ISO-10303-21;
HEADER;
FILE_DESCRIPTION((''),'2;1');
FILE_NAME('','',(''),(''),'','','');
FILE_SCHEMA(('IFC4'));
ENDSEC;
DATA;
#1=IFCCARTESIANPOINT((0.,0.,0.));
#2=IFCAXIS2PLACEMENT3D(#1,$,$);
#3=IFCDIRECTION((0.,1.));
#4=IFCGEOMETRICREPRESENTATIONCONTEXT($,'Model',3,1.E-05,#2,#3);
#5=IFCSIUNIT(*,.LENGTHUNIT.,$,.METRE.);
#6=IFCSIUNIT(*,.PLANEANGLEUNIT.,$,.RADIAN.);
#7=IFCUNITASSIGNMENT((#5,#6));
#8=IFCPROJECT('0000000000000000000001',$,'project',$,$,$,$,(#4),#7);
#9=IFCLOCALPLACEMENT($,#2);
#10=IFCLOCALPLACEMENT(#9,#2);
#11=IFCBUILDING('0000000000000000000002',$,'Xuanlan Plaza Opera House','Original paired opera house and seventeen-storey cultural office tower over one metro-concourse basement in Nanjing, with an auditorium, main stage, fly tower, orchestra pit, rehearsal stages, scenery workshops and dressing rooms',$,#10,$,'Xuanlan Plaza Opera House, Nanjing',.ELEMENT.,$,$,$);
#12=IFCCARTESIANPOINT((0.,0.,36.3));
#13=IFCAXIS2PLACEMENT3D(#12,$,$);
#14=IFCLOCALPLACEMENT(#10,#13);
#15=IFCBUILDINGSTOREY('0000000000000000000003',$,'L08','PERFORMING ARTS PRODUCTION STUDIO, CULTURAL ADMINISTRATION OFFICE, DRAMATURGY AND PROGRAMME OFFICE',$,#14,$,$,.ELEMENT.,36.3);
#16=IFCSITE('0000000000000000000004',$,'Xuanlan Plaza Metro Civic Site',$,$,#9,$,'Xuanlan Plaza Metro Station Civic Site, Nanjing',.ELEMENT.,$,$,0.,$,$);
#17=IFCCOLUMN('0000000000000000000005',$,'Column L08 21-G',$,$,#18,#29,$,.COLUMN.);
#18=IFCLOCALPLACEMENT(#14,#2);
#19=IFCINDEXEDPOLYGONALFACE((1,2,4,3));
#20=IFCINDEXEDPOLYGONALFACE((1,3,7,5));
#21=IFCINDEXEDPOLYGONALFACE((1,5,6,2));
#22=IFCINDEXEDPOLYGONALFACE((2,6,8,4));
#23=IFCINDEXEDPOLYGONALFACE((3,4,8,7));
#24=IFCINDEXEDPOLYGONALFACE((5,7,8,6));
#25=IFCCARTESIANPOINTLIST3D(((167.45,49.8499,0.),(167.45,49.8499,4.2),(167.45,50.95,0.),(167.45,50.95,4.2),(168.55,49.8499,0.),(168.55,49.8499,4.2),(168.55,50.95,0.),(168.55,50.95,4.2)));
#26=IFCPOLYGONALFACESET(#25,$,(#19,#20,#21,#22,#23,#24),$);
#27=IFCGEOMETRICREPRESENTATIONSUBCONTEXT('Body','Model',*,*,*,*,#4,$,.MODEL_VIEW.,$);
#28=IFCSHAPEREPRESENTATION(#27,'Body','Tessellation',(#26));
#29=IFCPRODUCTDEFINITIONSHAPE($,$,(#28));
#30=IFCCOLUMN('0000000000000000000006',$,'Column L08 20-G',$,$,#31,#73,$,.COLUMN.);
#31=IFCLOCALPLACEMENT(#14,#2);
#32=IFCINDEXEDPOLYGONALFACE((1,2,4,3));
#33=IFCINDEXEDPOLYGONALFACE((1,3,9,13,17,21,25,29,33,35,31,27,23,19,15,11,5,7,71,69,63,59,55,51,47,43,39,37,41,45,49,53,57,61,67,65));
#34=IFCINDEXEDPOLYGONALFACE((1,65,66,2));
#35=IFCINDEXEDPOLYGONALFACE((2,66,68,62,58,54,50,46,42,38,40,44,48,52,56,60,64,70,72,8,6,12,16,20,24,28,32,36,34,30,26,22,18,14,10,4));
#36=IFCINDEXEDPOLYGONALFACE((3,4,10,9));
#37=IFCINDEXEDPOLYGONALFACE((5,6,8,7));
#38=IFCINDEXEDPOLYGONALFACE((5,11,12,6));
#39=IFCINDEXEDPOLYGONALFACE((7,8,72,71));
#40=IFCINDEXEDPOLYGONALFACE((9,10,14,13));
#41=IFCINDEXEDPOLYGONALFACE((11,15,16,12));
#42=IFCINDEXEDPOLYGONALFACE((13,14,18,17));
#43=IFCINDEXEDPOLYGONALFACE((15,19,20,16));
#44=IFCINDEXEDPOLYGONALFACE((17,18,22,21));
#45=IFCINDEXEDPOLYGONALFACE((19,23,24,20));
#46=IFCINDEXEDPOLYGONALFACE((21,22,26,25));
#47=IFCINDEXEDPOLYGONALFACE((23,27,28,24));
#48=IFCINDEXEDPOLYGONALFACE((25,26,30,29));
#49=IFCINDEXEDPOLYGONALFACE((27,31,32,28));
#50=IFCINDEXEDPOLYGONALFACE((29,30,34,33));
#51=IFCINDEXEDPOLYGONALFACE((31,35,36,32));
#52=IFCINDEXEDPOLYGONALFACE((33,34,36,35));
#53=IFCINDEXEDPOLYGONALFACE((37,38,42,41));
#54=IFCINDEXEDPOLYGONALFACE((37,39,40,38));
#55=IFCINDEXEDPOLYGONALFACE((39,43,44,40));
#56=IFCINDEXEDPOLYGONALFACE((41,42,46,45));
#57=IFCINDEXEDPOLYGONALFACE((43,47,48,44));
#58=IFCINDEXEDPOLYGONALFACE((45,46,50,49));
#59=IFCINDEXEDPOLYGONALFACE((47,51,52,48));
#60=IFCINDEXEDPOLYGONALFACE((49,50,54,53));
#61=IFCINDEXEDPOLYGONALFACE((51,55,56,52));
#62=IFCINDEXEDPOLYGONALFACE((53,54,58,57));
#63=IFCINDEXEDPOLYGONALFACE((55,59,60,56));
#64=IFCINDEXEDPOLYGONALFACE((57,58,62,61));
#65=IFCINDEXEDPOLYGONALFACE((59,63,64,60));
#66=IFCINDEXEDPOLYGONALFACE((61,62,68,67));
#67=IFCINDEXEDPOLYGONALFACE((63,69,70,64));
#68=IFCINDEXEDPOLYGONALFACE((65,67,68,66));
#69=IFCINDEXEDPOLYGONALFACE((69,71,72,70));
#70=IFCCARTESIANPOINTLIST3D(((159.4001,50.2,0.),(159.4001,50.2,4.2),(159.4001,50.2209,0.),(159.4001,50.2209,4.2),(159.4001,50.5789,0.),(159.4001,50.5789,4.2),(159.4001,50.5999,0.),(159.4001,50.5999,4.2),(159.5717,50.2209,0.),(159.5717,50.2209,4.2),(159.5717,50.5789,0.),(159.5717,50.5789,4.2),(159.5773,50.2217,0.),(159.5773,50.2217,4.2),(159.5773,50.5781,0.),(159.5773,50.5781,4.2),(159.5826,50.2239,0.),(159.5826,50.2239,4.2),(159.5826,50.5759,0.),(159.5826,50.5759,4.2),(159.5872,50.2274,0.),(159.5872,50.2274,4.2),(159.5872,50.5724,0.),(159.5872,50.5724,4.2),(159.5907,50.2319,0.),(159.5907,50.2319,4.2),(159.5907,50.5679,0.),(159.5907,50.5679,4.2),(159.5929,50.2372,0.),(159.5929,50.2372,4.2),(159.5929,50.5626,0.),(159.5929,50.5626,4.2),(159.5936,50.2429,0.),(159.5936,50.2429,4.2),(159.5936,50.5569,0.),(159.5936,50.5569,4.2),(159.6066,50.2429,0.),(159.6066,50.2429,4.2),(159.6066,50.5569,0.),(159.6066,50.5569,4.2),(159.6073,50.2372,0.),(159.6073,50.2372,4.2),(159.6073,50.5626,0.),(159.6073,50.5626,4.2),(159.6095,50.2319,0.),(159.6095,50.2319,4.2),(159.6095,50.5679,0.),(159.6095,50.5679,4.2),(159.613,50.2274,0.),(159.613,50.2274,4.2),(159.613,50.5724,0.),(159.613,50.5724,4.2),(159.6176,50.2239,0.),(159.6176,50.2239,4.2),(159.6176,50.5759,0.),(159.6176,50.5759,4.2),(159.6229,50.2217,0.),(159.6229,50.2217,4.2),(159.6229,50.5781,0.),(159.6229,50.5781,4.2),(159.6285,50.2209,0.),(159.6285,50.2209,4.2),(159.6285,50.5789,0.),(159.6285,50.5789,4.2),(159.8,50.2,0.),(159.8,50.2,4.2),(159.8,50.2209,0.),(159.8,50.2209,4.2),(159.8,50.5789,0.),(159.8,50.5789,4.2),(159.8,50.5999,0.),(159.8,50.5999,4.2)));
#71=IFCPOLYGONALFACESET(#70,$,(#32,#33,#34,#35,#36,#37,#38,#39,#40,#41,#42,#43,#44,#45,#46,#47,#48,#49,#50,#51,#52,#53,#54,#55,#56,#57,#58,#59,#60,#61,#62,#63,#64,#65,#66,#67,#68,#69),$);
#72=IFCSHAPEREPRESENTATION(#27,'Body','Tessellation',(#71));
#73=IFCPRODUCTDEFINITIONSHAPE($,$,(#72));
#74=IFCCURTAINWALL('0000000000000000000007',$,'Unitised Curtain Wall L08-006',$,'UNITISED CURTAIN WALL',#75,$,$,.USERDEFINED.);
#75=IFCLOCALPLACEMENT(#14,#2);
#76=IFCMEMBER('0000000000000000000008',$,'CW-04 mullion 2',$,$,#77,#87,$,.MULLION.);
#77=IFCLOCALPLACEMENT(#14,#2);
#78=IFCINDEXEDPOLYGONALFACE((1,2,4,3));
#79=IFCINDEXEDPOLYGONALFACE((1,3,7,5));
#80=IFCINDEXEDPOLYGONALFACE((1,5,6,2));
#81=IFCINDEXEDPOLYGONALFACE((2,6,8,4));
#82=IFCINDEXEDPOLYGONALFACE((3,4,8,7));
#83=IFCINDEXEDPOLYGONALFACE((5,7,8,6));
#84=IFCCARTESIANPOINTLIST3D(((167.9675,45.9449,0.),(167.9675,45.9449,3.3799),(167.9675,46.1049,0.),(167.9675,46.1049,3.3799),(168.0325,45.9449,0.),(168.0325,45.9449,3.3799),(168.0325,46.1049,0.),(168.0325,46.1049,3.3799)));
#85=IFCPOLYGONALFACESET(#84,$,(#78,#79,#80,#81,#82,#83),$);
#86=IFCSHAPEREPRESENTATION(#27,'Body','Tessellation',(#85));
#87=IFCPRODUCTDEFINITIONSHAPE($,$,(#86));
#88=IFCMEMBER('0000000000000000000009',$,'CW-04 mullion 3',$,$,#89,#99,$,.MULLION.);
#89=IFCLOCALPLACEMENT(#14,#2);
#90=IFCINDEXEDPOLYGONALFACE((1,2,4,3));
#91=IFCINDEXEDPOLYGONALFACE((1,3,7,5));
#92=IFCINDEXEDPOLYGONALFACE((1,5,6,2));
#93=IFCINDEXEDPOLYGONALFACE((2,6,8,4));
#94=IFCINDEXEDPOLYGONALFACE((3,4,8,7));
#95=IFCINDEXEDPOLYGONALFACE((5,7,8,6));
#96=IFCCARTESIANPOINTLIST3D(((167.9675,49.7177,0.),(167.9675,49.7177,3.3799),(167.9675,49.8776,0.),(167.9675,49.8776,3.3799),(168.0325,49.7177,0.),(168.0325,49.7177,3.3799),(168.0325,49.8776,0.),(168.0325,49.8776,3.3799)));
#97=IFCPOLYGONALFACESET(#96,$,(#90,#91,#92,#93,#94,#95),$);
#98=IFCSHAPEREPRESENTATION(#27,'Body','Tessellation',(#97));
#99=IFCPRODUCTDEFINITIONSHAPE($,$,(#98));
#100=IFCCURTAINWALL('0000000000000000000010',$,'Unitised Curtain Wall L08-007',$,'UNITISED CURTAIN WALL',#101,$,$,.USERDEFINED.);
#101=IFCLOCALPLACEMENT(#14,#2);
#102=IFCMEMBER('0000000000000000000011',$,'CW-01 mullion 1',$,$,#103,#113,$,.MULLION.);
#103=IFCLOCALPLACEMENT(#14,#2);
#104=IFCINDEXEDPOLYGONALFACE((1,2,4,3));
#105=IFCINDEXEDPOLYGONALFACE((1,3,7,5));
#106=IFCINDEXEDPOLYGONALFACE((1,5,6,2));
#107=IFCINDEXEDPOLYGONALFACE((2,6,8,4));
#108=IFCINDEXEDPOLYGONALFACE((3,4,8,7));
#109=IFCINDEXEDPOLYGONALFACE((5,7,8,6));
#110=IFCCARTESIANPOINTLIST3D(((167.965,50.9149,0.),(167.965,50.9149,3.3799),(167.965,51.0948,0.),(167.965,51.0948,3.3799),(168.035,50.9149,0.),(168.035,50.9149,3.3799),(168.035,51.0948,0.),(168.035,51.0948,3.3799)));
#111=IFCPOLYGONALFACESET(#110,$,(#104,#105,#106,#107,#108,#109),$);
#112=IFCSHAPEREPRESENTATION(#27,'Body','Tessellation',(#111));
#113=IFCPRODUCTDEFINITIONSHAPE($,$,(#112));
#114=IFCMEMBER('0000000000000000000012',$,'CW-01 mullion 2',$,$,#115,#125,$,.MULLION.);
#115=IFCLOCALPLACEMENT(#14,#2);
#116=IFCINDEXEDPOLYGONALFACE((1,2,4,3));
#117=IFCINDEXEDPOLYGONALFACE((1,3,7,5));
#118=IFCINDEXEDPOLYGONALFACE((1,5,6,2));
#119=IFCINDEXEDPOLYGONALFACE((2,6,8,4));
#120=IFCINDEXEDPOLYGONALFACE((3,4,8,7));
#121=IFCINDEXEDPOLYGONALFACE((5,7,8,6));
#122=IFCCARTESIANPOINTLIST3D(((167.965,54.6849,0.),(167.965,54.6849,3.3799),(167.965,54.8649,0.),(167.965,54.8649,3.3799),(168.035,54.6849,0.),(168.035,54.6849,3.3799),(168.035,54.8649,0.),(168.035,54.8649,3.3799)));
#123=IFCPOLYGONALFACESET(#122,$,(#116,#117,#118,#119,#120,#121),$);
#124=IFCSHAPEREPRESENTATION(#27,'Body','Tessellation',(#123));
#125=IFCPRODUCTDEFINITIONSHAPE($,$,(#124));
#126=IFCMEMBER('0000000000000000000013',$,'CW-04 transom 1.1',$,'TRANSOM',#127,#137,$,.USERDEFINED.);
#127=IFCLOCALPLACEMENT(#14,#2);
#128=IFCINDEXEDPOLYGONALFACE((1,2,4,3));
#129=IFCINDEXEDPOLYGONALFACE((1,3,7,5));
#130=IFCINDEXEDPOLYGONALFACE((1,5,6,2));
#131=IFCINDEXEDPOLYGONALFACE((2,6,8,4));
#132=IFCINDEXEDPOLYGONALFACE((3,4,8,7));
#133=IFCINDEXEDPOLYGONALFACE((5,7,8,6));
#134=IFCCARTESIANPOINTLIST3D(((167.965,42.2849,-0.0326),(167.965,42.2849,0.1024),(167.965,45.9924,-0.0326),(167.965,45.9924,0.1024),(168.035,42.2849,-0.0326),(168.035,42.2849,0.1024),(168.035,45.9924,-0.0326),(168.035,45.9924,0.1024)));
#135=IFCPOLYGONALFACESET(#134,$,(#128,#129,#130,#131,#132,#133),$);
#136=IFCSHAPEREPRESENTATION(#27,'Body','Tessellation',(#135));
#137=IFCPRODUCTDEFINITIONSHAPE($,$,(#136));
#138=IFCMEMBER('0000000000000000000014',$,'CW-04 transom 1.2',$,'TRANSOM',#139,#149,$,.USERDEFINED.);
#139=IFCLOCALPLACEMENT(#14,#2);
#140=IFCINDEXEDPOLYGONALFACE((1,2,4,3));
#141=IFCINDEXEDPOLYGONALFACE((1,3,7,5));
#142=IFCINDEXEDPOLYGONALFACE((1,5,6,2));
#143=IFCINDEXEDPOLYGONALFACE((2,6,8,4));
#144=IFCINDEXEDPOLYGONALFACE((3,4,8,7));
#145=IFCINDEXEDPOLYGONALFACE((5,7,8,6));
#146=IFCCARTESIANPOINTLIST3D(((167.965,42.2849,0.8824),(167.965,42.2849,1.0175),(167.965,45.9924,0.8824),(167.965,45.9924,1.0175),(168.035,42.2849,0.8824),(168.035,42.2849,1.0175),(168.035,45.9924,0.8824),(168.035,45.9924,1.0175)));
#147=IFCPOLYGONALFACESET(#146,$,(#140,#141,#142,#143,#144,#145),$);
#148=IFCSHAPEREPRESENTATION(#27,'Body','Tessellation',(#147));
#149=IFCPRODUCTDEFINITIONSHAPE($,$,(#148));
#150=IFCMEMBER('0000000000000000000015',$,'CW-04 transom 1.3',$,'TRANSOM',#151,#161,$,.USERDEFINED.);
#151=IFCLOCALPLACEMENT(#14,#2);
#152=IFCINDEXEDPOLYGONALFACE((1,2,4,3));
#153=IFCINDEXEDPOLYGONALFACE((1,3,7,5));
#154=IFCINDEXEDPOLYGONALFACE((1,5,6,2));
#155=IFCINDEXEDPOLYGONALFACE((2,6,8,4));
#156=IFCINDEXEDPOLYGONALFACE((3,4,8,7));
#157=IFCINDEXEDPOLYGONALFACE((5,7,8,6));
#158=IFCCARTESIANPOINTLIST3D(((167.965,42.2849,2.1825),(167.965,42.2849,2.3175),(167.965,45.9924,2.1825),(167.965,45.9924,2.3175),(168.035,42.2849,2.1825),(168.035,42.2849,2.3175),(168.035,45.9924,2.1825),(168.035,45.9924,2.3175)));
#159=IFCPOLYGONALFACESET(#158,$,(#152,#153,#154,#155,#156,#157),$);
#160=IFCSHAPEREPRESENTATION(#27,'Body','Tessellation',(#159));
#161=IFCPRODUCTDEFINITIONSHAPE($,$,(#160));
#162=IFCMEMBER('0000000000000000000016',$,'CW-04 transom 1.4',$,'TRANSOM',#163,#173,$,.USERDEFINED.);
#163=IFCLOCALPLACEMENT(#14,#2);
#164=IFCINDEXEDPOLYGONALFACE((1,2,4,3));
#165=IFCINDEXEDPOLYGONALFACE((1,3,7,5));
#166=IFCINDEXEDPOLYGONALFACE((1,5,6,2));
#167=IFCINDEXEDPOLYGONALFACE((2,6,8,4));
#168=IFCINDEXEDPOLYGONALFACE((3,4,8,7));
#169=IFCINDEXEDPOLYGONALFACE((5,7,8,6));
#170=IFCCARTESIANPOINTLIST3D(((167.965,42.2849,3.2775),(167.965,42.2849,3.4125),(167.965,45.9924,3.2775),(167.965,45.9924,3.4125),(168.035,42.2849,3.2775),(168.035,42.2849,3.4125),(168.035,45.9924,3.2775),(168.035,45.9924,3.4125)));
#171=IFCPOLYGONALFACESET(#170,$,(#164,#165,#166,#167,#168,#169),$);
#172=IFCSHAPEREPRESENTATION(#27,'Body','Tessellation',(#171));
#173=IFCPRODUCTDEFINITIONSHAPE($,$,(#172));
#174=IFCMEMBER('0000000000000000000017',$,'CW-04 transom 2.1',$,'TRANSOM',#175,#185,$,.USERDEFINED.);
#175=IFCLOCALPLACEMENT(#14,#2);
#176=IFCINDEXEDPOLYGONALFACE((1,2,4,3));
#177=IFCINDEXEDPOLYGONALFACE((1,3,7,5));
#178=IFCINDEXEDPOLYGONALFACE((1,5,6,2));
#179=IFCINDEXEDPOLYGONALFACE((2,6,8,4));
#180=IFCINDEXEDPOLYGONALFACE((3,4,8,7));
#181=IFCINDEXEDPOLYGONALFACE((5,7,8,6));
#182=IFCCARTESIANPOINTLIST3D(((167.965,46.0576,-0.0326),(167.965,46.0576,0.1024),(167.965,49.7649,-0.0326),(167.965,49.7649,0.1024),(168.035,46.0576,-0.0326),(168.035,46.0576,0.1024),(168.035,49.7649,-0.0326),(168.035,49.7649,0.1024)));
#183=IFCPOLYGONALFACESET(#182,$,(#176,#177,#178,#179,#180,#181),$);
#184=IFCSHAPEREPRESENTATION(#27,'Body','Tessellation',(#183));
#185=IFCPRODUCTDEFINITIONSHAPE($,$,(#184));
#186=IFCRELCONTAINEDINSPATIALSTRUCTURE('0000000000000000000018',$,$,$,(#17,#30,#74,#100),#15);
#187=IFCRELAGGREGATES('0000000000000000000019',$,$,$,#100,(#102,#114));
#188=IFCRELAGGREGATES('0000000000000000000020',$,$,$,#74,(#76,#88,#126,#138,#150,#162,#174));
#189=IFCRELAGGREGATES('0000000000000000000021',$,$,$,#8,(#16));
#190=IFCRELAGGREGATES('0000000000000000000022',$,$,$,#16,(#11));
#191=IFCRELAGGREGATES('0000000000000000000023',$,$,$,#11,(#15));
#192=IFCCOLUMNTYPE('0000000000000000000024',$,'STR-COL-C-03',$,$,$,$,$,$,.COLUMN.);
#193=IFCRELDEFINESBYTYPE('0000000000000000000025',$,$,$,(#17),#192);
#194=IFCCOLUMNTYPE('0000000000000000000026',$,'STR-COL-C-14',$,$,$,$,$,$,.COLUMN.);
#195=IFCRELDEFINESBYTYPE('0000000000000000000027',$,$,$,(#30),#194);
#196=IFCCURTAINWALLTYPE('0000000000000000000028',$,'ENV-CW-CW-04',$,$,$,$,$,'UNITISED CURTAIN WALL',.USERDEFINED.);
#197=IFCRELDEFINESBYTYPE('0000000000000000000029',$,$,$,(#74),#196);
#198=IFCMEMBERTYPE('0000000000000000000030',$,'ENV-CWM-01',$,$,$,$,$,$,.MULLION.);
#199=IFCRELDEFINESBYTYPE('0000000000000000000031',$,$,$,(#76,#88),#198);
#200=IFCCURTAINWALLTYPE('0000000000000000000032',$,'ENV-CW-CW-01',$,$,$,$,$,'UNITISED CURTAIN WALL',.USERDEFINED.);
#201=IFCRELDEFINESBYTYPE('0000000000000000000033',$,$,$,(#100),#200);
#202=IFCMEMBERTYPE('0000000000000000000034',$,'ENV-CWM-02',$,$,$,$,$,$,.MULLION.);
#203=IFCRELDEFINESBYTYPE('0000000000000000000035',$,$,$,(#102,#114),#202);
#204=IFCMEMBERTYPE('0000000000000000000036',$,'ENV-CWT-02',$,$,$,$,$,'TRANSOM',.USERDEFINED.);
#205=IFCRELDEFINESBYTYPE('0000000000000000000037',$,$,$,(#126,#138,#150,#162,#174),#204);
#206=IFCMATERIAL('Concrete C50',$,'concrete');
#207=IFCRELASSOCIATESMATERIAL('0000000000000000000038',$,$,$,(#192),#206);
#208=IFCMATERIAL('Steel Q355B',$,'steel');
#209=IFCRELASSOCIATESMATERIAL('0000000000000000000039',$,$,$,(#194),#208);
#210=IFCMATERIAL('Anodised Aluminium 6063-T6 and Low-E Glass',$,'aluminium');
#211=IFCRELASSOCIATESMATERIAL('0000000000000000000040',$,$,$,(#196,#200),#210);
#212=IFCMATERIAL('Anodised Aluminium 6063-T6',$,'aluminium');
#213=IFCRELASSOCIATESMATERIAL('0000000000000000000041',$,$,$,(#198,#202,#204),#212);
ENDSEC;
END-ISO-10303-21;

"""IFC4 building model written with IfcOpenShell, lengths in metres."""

from ifc_helpers import new_model, si_unit, direction, frame, origin, origin_2d, place, context, subcontext, project, spatial, rectangle, i_section, extrude, material, material_profile, profile_set, type_object, element, aggregate, save


model = new_model("IFC4")

# Units and contexts
model_context = context("Model", 3, precision=1e-05, world=origin(), true_north=direction((0.0, 1.0)))
body_context = subcontext(model_context, "Body", "Model", "MODEL_VIEW")
ifc_project = project(units=[si_unit("LENGTHUNIT", "METRE"), si_unit("PLANEANGLEUNIT", "RADIAN")], contexts=[model_context])

# Site, building, storey
site_placement = place(None, origin())
site = spatial("IfcSite", under=ifc_project, at=site_placement, Name="Xuanlan Plaza Metro Civic Site", LongName="Xuanlan Plaza Metro Station Civic Site, Nanjing", CompositionType="ELEMENT", RefElevation=0.0)
building_placement = place(site_placement, origin())
building = spatial("IfcBuilding", under=site, at=building_placement, Name="Xuanlan Plaza Opera House", Description="Original paired opera house and seventeen-storey cultural office tower over one metro-concourse basement in Nanjing, with an auditorium, main stage, fly tower, orchestra pit, rehearsal stages, scenery workshops and dressing rooms", LongName="Xuanlan Plaza Opera House, Nanjing", CompositionType="ELEMENT")
storey_placement = place(building_placement, frame((0.0, 0.0, 36.3)))
storey = spatial("IfcBuildingStorey", under=building, at=storey_placement, Name="L08", Description="PERFORMING ARTS PRODUCTION STUDIO, CULTURAL ADMINISTRATION OFFICE, DRAMATURGY AND PROGRAMME OFFICE", CompositionType="ELEMENT", Elevation=36.3)

# Columns
ifc_material_1 = material(Name="Concrete C50", Category="concrete")
ifc_material_profile_1 = material_profile(ifc_material_1, rectangle(XDim=1.1001, YDim=1.1001, at=origin_2d()), Name="RC-COL 1100x1100")
ifc_profile_set_1 = profile_set([ifc_material_profile_1], Name="Concrete C50")
column_type_1 = type_object("IfcColumnType", Name="STR-COL-C-03", PredefinedType="COLUMN", material=ifc_profile_set_1)
column_1_placement = place(storey_placement, frame((168.0, 50.3999, 0.0), z_axis=(0.0, 0.0, 1.0), x_axis=(1.0, 0.0, 0.0)))
element("IfcColumn", 1, at=column_1_placement, inside=storey, type_object=column_type_1, Name="Column L08 21-G", PredefinedType="COLUMN", context=body_context, shape_type="SweptSolid", body=[
    extrude(rectangle(XDim=1.1001, YDim=1.1001, at=origin_2d()), origin(), (0.0, 0.0, 1.0), 4.2),
])
ifc_material_2 = material(Name="Steel Q355B", Category="steel")
ifc_material_profile_2 = material_profile(ifc_material_2, i_section(OverallWidth=0.3999, OverallDepth=0.3999, WebThickness=0.0129, FlangeThickness=0.021, FilletRadius=0.022, at=origin_2d()), Name="HW 400x400x13x21")
ifc_profile_set_2 = profile_set([ifc_material_profile_2], Name="Steel Q355B")
column_type_2 = type_object("IfcColumnType", Name="STR-COL-C-14", PredefinedType="COLUMN", material=ifc_profile_set_2)
column_2_placement = place(storey_placement, frame((159.6001, 50.3999, 0.0), z_axis=(0.0, 0.0, 1.0), x_axis=(1.0, 0.0, 0.0)))
element("IfcColumn", 2, at=column_2_placement, inside=storey, type_object=column_type_2, Name="Column L08 20-G", PredefinedType="COLUMN", context=body_context, shape_type="SweptSolid", body=[
    extrude(i_section(OverallWidth=0.3999, OverallDepth=0.3999, WebThickness=0.0129, FlangeThickness=0.021, FilletRadius=0.022, at=origin_2d()), origin(), (0.0, 0.0, 1.0), 4.2),
])

# Curtain walls, members
ifc_material_3 = material(Name="Anodised Aluminium 6063-T6 and Low-E Glass", Category="aluminium")
curtain_wall_type_1 = type_object("IfcCurtainWallType", Name="ENV-CW-CW-04", ElementType="UNITISED CURTAIN WALL", PredefinedType="USERDEFINED", material=ifc_material_3)
curtain_wall_1_placement = place(storey_placement, origin())
curtain_wall_1 = element("IfcCurtainWall", 3, at=curtain_wall_1_placement, inside=storey, type_object=curtain_wall_type_1, Name="Unitised Curtain Wall L08-006", ObjectType="UNITISED CURTAIN WALL", PredefinedType="USERDEFINED")
ifc_material_4 = material(Name="Anodised Aluminium 6063-T6", Category="aluminium")
ifc_material_profile_3 = material_profile(ifc_material_4, rectangle(XDim=0.0649, YDim=0.1599, at=origin_2d()), Name="ALU-M 65x160")
ifc_profile_set_3 = profile_set([ifc_material_profile_3], Name="Anodised Aluminium 6063-T6")
member_type_1 = type_object("IfcMemberType", Name="ENV-CWM-01", PredefinedType="MULLION", material=ifc_profile_set_3)
member_1_placement = place(storey_placement, frame((168.0, 46.0249, 0.0), z_axis=(0.0, 0.0, 1.0), x_axis=(-1.0, 0.0, 0.0)))
member_1 = element("IfcMember", 4, at=member_1_placement, type_object=member_type_1, Name="CW-04 mullion 2", PredefinedType="MULLION", context=body_context, shape_type="SweptSolid", body=[
    extrude(rectangle(XDim=0.0649, YDim=0.1599, at=origin_2d()), origin(), (0.0, 0.0, 1.0), 3.3799),
])
member_2_placement = place(storey_placement, frame((168.0, 49.7976, 0.0), z_axis=(0.0, 0.0, 1.0), x_axis=(-1.0, 0.0, 0.0)))
member_2 = element("IfcMember", 5, at=member_2_placement, type_object=member_type_1, Name="CW-04 mullion 3", PredefinedType="MULLION", context=body_context, shape_type="SweptSolid", body=[
    extrude(rectangle(XDim=0.0649, YDim=0.1599, at=origin_2d()), origin(), (0.0, 0.0, 1.0), 3.3799),
])
curtain_wall_type_2 = type_object("IfcCurtainWallType", Name="ENV-CW-CW-01", ElementType="UNITISED CURTAIN WALL", PredefinedType="USERDEFINED", material=ifc_material_3)
curtain_wall_2_placement = place(storey_placement, origin())
curtain_wall_2 = element("IfcCurtainWall", 6, at=curtain_wall_2_placement, inside=storey, type_object=curtain_wall_type_2, Name="Unitised Curtain Wall L08-007", ObjectType="UNITISED CURTAIN WALL", PredefinedType="USERDEFINED")
ifc_material_profile_4 = material_profile(ifc_material_4, rectangle(XDim=0.0701, YDim=0.1799, at=origin_2d()), Name="ALU-M 70x180")
ifc_profile_set_4 = profile_set([ifc_material_profile_4], Name="Anodised Aluminium 6063-T6")
member_type_2 = type_object("IfcMemberType", Name="ENV-CWM-02", PredefinedType="MULLION", material=ifc_profile_set_4)
member_3_placement = place(storey_placement, frame((168.0, 51.0049, 0.0), z_axis=(0.0, 0.0, 1.0), x_axis=(-1.0, 0.0, 0.0)))
member_3 = element("IfcMember", 7, at=member_3_placement, type_object=member_type_2, Name="CW-01 mullion 1", PredefinedType="MULLION", context=body_context, shape_type="SweptSolid", body=[
    extrude(rectangle(XDim=0.0701, YDim=0.1799, at=origin_2d()), origin(), (0.0, 0.0, 1.0), 3.3799),
])
member_4_placement = place(storey_placement, frame((168.0, 54.7749, 0.0), z_axis=(0.0, 0.0, 1.0), x_axis=(-1.0, 0.0, 0.0)))
member_4 = element("IfcMember", 8, at=member_4_placement, type_object=member_type_2, Name="CW-01 mullion 2", PredefinedType="MULLION", context=body_context, shape_type="SweptSolid", body=[
    extrude(rectangle(XDim=0.0701, YDim=0.1799, at=origin_2d()), origin(), (0.0, 0.0, 1.0), 3.3799),
])

# Members
ifc_material_profile_5 = material_profile(ifc_material_4, rectangle(XDim=0.0701, YDim=0.135, at=origin_2d()), Name="ALU-T 70x135")
ifc_profile_set_5 = profile_set([ifc_material_profile_5], Name="Anodised Aluminium 6063-T6")
member_type_3 = type_object("IfcMemberType", Name="ENV-CWT-02", ElementType="TRANSOM", PredefinedType="USERDEFINED", material=ifc_profile_set_5)
member_5_placement = place(storey_placement, frame((168.0, 42.2849, 0.0349), z_axis=(0.0, 1.0, 0.0), x_axis=(-1.0, 0.0, 0.0)))
member_5 = element("IfcMember", 9, at=member_5_placement, type_object=member_type_3, Name="CW-04 transom 1.1", ObjectType="TRANSOM", PredefinedType="USERDEFINED", context=body_context, shape_type="SweptSolid", body=[
    extrude(rectangle(XDim=0.0701, YDim=0.135, at=origin_2d()), origin(), (0.0, 0.0, 1.0), 3.7075),
])
member_6_placement = place(storey_placement, frame((168.0, 42.2849, 0.95), z_axis=(0.0, 1.0, 0.0), x_axis=(-1.0, 0.0, 0.0)))
member_6 = element("IfcMember", 10, at=member_6_placement, type_object=member_type_3, Name="CW-04 transom 1.2", ObjectType="TRANSOM", PredefinedType="USERDEFINED", context=body_context, shape_type="SweptSolid", body=[
    extrude(rectangle(XDim=0.0701, YDim=0.135, at=origin_2d()), origin(), (0.0, 0.0, 1.0), 3.7075),
])
member_7_placement = place(storey_placement, frame((168.0, 42.2849, 2.25), z_axis=(0.0, 1.0, 0.0), x_axis=(-1.0, 0.0, 0.0)))
member_7 = element("IfcMember", 11, at=member_7_placement, type_object=member_type_3, Name="CW-04 transom 1.3", ObjectType="TRANSOM", PredefinedType="USERDEFINED", context=body_context, shape_type="SweptSolid", body=[
    extrude(rectangle(XDim=0.0701, YDim=0.135, at=origin_2d()), origin(), (0.0, 0.0, 1.0), 3.7075),
])
member_8_placement = place(storey_placement, frame((168.0, 42.2849, 3.345), z_axis=(0.0, 1.0, 0.0), x_axis=(-1.0, 0.0, 0.0)))
member_8 = element("IfcMember", 12, at=member_8_placement, type_object=member_type_3, Name="CW-04 transom 1.4", ObjectType="TRANSOM", PredefinedType="USERDEFINED", context=body_context, shape_type="SweptSolid", body=[
    extrude(rectangle(XDim=0.0701, YDim=0.135, at=origin_2d()), origin(), (0.0, 0.0, 1.0), 3.7075),
])
member_9_placement = place(storey_placement, frame((168.0, 46.0576, 0.0349), z_axis=(0.0, 1.0, 0.0), x_axis=(-1.0, 0.0, 0.0)))
member_9 = element("IfcMember", 13, at=member_9_placement, type_object=member_type_3, Name="CW-04 transom 2.1", ObjectType="TRANSOM", PredefinedType="USERDEFINED", context=body_context, shape_type="SweptSolid", body=[
    extrude(rectangle(XDim=0.0701, YDim=0.135, at=origin_2d()), origin(), (0.0, 0.0, 1.0), 3.7073),
])

aggregate(curtain_wall_2, [member_3, member_4])
aggregate(curtain_wall_1, [member_1, member_2, member_5, member_6, member_7, member_8, member_9])

save(model, "model.ifc")
